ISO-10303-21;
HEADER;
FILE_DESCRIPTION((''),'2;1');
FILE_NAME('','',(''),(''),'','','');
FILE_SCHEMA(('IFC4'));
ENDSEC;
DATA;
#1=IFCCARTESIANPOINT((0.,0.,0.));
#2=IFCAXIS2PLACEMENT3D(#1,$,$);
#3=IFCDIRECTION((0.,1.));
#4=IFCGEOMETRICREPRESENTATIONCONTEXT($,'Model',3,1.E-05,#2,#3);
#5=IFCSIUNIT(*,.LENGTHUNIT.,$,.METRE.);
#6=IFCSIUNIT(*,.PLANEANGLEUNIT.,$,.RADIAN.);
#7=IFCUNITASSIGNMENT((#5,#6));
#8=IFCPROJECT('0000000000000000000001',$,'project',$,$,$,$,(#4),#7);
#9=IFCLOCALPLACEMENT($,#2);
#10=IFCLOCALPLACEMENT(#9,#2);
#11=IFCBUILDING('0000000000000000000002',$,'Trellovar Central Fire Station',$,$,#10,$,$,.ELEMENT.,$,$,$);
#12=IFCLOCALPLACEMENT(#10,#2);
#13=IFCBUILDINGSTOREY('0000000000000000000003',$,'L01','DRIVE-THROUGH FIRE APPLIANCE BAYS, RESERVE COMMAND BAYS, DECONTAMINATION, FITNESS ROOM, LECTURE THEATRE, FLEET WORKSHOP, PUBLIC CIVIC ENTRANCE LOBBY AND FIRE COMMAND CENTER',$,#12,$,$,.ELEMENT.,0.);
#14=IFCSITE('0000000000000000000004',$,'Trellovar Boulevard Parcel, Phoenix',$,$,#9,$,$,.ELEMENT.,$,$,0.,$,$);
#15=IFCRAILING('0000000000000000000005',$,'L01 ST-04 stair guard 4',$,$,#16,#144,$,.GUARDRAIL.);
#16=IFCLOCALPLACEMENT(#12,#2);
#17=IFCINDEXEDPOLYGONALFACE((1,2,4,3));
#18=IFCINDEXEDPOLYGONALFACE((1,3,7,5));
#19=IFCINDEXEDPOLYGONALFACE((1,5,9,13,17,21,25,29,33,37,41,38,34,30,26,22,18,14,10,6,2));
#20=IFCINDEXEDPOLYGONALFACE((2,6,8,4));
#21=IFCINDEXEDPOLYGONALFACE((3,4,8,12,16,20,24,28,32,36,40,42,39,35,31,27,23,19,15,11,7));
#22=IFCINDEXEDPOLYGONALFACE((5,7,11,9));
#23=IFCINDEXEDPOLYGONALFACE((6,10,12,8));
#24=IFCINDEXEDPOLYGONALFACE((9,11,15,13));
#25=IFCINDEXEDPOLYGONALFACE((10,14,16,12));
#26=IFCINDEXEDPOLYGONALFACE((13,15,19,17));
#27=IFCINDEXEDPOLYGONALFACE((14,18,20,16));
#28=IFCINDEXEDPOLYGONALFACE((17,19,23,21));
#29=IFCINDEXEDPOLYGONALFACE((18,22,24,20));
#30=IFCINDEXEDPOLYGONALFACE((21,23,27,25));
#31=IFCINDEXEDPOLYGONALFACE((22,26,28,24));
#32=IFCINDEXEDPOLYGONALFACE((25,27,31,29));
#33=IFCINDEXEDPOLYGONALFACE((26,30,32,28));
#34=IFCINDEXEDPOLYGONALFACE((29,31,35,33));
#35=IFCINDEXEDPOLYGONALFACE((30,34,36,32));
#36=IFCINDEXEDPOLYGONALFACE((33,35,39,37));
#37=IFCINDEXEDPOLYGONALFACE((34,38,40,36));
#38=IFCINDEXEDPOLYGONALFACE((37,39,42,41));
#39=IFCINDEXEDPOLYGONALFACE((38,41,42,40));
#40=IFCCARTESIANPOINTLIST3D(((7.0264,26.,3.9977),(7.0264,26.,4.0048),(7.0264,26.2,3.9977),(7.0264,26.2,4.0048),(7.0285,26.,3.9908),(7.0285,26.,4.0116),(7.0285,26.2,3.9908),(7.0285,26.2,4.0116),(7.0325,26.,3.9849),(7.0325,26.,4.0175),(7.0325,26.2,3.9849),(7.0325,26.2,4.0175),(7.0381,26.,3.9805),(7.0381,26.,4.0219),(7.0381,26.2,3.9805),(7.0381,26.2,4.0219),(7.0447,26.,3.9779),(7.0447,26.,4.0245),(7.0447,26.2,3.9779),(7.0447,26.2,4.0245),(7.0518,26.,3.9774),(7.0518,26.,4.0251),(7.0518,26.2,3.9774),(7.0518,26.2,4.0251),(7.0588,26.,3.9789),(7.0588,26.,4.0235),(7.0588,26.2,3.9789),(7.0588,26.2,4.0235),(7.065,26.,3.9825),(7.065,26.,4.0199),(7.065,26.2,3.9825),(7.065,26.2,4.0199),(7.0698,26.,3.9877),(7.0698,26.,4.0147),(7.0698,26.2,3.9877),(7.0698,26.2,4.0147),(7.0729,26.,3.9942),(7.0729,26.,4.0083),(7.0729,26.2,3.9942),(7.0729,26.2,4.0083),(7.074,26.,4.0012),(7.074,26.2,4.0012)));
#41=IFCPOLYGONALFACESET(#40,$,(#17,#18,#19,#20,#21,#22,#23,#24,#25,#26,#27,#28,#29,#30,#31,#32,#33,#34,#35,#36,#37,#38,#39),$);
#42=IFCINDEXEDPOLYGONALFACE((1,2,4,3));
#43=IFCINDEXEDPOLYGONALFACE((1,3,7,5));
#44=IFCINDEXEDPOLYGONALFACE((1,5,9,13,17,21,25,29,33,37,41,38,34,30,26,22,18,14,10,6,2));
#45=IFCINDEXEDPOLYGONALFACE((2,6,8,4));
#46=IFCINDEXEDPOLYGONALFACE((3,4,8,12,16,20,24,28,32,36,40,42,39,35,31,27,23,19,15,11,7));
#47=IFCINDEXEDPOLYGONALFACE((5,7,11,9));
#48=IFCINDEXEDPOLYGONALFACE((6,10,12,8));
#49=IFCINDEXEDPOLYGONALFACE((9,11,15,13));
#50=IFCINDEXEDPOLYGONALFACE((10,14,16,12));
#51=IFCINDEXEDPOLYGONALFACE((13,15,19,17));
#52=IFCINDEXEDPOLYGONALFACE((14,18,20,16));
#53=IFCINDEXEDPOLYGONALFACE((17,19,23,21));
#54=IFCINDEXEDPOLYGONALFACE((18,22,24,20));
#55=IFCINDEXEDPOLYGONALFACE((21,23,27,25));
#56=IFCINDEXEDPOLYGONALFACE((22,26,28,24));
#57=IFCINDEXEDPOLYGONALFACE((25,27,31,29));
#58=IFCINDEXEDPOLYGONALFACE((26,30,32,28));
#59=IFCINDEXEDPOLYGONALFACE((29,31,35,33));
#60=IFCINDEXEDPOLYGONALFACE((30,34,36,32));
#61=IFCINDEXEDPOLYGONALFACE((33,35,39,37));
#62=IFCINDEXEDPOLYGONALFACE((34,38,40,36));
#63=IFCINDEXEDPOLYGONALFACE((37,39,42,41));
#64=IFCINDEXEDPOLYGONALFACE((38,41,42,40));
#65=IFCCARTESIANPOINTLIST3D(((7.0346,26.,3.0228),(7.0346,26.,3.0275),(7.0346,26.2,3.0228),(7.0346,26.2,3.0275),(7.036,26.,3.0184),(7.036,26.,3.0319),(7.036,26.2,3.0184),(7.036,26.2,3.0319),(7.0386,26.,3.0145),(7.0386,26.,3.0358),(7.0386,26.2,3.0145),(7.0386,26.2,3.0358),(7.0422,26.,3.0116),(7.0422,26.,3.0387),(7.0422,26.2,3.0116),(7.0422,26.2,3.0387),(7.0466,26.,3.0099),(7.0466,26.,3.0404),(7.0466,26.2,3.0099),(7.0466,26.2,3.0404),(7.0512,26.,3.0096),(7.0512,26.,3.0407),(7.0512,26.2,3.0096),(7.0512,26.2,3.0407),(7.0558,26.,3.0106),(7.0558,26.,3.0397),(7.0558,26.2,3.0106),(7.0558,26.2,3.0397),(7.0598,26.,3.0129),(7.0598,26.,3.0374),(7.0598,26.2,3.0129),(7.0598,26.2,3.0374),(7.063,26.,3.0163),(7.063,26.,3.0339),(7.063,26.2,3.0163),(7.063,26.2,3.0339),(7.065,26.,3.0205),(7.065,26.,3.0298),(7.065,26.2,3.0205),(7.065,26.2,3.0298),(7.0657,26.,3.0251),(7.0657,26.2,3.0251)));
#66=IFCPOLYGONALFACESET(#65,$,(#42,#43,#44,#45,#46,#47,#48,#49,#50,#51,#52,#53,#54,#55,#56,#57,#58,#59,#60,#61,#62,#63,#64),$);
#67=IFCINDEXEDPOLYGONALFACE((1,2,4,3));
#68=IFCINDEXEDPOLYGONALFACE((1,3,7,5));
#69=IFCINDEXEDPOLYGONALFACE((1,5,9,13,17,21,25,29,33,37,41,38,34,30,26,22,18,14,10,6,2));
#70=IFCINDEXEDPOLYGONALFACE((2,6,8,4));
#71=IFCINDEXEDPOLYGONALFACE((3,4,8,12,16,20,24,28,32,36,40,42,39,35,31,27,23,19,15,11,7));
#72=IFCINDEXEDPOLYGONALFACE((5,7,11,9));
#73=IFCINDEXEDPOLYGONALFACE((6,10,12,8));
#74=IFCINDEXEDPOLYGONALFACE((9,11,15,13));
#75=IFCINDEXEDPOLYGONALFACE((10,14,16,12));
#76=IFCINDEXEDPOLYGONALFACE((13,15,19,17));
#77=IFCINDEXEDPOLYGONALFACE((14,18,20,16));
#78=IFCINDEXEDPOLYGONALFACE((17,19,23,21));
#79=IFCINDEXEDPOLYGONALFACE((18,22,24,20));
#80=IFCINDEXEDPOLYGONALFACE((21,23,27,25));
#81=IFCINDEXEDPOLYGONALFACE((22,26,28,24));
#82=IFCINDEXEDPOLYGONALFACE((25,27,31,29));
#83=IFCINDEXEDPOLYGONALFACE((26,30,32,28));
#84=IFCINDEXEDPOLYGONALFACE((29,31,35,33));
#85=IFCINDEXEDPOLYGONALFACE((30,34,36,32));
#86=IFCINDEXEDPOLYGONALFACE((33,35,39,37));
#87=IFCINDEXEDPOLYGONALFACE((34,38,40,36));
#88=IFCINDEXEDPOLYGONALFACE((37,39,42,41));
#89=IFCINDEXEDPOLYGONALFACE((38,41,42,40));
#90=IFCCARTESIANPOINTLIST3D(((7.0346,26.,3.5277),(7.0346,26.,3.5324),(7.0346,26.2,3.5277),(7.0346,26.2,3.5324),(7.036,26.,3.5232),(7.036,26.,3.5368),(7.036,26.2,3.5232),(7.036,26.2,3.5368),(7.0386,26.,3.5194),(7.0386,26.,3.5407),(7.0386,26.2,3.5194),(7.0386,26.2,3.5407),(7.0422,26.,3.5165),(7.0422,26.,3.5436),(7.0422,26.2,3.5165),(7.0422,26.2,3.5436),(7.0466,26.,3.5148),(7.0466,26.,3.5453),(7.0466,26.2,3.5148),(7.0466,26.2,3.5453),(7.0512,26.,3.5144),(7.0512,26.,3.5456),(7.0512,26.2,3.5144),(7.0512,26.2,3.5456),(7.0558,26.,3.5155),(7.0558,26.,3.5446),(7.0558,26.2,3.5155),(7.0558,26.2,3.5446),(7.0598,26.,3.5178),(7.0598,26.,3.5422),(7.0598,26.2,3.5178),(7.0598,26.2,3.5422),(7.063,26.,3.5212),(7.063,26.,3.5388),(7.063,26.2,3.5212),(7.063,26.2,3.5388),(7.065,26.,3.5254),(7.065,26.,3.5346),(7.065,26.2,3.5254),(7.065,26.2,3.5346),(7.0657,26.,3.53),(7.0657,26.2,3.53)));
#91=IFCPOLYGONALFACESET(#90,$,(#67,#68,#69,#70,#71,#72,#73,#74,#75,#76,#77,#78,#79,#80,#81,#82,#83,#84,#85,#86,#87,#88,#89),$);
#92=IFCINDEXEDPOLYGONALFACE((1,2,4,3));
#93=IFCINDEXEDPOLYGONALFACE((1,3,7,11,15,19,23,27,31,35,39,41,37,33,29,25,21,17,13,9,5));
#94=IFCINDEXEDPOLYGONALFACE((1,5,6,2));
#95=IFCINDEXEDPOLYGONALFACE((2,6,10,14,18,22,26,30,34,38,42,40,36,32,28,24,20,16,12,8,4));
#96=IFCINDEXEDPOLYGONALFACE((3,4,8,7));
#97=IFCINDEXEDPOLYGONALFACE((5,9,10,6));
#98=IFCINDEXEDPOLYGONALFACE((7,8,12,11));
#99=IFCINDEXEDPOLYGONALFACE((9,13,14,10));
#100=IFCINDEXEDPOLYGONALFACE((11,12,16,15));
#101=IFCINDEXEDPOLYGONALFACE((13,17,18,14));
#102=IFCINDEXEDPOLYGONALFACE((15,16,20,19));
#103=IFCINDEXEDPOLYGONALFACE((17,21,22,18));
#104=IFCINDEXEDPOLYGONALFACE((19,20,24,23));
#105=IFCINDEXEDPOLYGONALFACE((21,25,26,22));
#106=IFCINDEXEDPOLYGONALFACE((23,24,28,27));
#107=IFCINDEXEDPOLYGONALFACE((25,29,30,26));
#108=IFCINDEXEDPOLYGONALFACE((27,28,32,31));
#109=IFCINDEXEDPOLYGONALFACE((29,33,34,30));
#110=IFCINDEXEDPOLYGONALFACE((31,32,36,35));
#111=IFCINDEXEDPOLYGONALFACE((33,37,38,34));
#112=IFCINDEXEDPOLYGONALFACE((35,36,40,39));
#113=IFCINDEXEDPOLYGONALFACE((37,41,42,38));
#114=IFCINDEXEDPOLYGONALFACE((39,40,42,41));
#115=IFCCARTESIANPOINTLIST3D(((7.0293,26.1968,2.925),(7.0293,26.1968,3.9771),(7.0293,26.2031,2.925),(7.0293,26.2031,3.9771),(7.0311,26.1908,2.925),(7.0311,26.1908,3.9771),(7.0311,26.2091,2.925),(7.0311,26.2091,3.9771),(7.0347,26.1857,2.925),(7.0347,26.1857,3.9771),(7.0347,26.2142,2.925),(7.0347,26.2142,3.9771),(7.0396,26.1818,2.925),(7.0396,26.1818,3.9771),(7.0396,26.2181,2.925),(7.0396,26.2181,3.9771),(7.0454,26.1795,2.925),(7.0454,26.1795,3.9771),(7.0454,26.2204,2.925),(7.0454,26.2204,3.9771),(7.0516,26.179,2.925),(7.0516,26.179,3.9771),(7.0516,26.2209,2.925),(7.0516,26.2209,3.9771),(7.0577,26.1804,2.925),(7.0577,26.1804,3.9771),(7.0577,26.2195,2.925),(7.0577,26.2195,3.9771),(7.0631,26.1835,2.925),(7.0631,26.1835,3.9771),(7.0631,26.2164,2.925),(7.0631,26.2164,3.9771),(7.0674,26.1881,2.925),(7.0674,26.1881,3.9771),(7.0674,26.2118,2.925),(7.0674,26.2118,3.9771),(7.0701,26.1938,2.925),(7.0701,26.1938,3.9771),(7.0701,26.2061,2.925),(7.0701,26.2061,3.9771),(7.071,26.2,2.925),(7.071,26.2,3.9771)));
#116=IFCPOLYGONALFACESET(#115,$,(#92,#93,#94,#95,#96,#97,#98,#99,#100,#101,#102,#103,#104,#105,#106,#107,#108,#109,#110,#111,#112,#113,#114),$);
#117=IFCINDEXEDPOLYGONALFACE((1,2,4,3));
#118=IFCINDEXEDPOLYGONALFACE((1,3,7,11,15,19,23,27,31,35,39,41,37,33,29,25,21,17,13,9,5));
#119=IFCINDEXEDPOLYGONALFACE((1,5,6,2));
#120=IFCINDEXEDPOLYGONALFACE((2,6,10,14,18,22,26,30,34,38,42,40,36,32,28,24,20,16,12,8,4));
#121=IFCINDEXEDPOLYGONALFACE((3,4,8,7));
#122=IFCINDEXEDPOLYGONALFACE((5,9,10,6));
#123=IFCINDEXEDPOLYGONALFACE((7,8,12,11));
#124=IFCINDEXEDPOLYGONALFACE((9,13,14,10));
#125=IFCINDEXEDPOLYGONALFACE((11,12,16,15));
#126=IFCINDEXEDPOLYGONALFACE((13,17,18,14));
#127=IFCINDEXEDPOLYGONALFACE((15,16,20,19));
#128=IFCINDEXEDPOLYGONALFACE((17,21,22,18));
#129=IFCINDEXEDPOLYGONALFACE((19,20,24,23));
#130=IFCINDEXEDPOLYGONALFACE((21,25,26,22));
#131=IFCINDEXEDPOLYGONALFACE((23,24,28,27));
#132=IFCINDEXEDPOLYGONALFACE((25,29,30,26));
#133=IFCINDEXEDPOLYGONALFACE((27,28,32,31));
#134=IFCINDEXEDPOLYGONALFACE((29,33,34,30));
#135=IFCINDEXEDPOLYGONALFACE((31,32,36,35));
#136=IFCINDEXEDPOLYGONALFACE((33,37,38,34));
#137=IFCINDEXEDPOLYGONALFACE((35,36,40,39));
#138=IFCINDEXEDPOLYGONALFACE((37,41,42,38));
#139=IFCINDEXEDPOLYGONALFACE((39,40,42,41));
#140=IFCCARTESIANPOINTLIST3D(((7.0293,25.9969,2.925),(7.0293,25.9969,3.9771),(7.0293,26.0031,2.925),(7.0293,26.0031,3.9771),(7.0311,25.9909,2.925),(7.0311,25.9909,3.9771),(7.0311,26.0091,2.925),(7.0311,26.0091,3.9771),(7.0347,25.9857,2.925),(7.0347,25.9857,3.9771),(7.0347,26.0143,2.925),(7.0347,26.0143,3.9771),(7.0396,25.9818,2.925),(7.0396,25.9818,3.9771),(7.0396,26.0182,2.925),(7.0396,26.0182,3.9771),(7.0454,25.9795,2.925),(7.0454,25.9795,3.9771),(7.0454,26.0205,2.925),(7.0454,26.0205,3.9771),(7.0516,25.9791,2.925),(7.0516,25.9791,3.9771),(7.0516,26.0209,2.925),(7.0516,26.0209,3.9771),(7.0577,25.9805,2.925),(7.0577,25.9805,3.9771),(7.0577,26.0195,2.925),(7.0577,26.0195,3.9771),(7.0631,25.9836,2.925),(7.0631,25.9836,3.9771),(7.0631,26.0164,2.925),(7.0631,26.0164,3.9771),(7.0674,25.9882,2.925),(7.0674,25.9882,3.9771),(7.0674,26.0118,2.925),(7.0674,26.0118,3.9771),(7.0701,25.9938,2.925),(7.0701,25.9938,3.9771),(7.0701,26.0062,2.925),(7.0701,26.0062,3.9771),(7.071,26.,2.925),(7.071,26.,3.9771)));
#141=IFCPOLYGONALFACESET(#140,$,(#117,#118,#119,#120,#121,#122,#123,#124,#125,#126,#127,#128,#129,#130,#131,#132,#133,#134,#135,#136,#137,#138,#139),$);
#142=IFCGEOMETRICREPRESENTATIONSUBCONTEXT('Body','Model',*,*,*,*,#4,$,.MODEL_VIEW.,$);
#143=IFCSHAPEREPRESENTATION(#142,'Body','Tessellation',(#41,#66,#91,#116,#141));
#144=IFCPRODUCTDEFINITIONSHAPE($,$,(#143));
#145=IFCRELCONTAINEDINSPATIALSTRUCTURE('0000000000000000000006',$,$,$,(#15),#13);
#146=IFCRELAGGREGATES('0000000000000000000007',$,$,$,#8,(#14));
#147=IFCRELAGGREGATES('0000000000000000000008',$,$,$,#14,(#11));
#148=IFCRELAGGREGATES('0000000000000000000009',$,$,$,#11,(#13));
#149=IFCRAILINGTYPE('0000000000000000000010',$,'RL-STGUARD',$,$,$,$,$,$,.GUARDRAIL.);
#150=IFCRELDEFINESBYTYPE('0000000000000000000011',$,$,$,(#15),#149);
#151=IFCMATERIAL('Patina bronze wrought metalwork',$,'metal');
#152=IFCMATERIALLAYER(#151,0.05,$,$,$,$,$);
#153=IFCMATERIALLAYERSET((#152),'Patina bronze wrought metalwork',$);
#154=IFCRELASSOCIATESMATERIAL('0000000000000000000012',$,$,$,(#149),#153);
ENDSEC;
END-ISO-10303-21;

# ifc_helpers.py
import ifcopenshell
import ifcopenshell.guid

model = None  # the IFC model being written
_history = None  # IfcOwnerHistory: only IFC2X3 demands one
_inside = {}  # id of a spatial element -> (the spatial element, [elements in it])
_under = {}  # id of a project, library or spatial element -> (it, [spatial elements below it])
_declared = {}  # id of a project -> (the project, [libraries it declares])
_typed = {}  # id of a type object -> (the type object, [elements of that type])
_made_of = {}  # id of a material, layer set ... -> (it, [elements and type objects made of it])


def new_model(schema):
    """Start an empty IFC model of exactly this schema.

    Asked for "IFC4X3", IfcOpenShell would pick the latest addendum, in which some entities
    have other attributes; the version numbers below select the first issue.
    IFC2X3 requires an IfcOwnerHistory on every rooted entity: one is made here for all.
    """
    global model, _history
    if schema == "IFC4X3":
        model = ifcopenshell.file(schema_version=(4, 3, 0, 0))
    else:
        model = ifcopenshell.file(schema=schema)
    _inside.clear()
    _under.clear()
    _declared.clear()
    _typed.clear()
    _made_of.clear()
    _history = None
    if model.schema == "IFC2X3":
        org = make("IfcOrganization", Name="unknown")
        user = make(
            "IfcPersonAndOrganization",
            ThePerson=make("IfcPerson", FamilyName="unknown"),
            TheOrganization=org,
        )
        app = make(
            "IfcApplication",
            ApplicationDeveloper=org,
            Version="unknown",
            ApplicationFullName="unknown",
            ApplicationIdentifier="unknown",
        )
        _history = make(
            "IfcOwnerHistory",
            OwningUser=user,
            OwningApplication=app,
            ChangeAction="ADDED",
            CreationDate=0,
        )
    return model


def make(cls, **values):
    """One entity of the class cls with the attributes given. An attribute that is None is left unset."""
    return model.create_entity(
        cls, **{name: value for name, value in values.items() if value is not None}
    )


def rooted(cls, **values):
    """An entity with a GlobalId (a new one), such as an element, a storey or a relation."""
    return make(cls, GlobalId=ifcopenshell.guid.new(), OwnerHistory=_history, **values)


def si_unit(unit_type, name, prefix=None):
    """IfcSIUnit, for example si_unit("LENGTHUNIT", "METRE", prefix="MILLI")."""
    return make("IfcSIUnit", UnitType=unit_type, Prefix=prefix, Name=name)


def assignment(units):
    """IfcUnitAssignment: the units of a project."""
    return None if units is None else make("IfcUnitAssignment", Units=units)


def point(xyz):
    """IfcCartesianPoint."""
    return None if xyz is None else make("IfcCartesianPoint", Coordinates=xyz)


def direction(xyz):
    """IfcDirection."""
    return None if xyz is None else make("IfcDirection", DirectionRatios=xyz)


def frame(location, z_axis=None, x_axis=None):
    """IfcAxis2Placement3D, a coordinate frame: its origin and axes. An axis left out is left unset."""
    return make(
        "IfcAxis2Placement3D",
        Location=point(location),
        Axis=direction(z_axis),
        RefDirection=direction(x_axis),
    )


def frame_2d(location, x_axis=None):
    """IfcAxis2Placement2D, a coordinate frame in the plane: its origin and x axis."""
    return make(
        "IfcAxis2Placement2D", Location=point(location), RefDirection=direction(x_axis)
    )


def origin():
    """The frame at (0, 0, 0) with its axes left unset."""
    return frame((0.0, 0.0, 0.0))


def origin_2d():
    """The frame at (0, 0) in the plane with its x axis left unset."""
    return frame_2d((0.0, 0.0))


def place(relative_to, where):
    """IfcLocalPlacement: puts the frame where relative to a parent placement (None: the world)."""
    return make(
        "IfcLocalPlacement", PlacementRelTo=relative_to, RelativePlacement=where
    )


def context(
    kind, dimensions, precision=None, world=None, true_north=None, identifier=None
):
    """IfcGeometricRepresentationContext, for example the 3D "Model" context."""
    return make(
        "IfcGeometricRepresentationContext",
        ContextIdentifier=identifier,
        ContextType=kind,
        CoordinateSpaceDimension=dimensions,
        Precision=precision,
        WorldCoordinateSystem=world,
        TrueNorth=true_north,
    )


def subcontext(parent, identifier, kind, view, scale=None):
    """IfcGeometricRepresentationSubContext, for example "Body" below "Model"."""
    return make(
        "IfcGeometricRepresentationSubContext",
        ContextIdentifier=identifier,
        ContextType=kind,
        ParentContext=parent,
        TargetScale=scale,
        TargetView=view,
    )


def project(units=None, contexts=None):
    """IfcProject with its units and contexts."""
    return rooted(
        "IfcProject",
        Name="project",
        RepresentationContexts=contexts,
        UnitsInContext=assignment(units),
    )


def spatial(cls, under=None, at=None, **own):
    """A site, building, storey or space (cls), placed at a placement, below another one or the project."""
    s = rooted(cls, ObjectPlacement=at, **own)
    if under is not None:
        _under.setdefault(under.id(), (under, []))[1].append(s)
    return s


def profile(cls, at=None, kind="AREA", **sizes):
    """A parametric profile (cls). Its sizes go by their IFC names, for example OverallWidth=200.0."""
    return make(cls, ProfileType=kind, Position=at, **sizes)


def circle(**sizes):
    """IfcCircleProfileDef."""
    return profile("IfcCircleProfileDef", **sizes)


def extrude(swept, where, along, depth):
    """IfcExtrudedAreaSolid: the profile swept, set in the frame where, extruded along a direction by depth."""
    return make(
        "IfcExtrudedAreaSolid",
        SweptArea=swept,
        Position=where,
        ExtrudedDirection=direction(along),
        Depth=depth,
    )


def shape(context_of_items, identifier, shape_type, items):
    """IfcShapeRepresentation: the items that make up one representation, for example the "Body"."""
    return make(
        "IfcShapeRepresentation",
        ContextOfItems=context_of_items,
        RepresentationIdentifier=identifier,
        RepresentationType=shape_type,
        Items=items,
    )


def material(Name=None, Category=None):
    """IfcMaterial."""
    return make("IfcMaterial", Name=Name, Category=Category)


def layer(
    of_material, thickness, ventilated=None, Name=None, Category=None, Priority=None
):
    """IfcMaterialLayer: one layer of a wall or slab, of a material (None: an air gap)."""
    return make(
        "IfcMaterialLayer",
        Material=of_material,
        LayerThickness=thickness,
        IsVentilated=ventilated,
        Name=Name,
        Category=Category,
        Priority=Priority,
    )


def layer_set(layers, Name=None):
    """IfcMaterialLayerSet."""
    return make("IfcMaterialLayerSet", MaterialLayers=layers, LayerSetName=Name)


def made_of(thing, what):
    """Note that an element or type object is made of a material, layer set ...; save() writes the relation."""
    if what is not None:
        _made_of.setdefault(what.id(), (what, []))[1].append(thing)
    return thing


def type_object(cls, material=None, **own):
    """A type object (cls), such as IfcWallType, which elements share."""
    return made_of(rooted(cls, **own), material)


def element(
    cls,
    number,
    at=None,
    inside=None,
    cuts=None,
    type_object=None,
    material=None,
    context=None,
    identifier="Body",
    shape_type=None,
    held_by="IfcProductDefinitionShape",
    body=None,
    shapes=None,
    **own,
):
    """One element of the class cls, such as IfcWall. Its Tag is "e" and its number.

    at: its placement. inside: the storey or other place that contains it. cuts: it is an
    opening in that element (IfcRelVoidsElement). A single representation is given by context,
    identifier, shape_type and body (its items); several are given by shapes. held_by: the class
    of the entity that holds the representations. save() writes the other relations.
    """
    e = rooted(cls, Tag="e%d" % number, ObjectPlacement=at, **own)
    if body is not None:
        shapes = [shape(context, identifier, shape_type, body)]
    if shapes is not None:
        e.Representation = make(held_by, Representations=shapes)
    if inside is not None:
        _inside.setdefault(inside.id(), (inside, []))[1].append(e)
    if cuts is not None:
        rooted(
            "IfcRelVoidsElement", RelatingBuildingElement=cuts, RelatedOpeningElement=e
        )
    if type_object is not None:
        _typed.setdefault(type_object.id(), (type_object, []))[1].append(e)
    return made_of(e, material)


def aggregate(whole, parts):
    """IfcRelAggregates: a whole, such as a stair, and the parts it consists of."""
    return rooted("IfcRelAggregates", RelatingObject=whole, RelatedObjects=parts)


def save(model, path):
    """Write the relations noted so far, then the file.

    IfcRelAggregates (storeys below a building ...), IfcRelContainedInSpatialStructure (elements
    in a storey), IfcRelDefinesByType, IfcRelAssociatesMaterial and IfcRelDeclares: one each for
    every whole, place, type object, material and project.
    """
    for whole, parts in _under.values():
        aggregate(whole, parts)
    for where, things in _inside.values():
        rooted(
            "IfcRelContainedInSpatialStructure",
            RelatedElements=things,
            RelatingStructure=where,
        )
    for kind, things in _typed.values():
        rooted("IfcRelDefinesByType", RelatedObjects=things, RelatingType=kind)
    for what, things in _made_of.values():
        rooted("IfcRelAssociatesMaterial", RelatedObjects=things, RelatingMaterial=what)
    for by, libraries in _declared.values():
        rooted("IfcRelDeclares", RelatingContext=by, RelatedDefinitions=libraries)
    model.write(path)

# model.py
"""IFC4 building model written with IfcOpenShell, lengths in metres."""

from ifc_helpers import new_model, si_unit, direction, frame, origin, origin_2d, place, context, subcontext, project, spatial, circle, extrude, material, layer, layer_set, type_object, element, save


model = new_model("IFC4")

# Units and contexts
model_context = context("Model", 3, precision=1e-05, world=origin(), true_north=direction((0.0, 1.0)))
body_context = subcontext(model_context, "Body", "Model", "MODEL_VIEW")
ifc_project = project(units=[si_unit("LENGTHUNIT", "METRE"), si_unit("PLANEANGLEUNIT", "RADIAN")], contexts=[model_context])

# Site, building, storey
site_placement = place(None, origin())
site = spatial("IfcSite", under=ifc_project, at=site_placement, Name="Trellovar Boulevard Parcel, Phoenix", CompositionType="ELEMENT", RefElevation=0.0)
building_placement = place(site_placement, origin())
building = spatial("IfcBuilding", under=site, at=building_placement, Name="Trellovar Central Fire Station", CompositionType="ELEMENT")
storey_placement = place(building_placement, origin())
storey = spatial("IfcBuildingStorey", under=building, at=storey_placement, Name="L01", Description="DRIVE-THROUGH FIRE APPLIANCE BAYS, RESERVE COMMAND BAYS, DECONTAMINATION, FITNESS ROOM, LECTURE THEATRE, FLEET WORKSHOP, PUBLIC CIVIC ENTRANCE LOBBY AND FIRE COMMAND CENTER", CompositionType="ELEMENT", Elevation=0.0)

# Railing
ifc_material_1 = material(Name="Patina bronze wrought metalwork", Category="metal")
ifc_layer_1 = layer(ifc_material_1, 0.05)
ifc_layer_set_1 = layer_set([ifc_layer_1], Name="Patina bronze wrought metalwork")
railing_type_1 = type_object("IfcRailingType", Name="RL-STGUARD", PredefinedType="GUARDRAIL", material=ifc_layer_set_1)
for number, where, name in (
    (1, (7.05, 26.2, 2.925), "L01 ST-04 stair guard 4"),
):
    element("IfcRailing", number, at=place(storey_placement, frame(where)), inside=storey, type_object=railing_type_1, Name=name, PredefinedType="GUARDRAIL", context=body_context, shape_type="SweptSolid", body=[
        extrude(circle(Radius=0.0239, at=origin_2d()), frame((0.0, 0.0, 1.0762), z_axis=(0.0, -1.0, 0.0), x_axis=(1.0, 0.0, 0.0)), (0.0, 0.0, 1.0), 0.2),
        extrude(circle(Radius=0.0156, at=origin_2d()), frame((0.0, 0.0, 0.1001), z_axis=(0.0, -1.0, 0.0), x_axis=(1.0, 0.0, 0.0)), (0.0, 0.0, 1.0), 0.2),
        extrude(circle(Radius=0.0156, at=origin_2d()), frame((0.0, 0.0, 0.605), z_axis=(0.0, -1.0, 0.0), x_axis=(1.0, 0.0, 0.0)), (0.0, 0.0, 1.0), 0.2),
        extrude(circle(Radius=0.021, at=origin_2d()), origin(), (0.0, 0.0, 1.0), 1.052),
        extrude(circle(Radius=0.021, at=origin_2d()), frame((0.0, -0.2, 0.0)), (0.0, 0.0, 1.0), 1.052),
    ])

save(model, "model.ifc")
